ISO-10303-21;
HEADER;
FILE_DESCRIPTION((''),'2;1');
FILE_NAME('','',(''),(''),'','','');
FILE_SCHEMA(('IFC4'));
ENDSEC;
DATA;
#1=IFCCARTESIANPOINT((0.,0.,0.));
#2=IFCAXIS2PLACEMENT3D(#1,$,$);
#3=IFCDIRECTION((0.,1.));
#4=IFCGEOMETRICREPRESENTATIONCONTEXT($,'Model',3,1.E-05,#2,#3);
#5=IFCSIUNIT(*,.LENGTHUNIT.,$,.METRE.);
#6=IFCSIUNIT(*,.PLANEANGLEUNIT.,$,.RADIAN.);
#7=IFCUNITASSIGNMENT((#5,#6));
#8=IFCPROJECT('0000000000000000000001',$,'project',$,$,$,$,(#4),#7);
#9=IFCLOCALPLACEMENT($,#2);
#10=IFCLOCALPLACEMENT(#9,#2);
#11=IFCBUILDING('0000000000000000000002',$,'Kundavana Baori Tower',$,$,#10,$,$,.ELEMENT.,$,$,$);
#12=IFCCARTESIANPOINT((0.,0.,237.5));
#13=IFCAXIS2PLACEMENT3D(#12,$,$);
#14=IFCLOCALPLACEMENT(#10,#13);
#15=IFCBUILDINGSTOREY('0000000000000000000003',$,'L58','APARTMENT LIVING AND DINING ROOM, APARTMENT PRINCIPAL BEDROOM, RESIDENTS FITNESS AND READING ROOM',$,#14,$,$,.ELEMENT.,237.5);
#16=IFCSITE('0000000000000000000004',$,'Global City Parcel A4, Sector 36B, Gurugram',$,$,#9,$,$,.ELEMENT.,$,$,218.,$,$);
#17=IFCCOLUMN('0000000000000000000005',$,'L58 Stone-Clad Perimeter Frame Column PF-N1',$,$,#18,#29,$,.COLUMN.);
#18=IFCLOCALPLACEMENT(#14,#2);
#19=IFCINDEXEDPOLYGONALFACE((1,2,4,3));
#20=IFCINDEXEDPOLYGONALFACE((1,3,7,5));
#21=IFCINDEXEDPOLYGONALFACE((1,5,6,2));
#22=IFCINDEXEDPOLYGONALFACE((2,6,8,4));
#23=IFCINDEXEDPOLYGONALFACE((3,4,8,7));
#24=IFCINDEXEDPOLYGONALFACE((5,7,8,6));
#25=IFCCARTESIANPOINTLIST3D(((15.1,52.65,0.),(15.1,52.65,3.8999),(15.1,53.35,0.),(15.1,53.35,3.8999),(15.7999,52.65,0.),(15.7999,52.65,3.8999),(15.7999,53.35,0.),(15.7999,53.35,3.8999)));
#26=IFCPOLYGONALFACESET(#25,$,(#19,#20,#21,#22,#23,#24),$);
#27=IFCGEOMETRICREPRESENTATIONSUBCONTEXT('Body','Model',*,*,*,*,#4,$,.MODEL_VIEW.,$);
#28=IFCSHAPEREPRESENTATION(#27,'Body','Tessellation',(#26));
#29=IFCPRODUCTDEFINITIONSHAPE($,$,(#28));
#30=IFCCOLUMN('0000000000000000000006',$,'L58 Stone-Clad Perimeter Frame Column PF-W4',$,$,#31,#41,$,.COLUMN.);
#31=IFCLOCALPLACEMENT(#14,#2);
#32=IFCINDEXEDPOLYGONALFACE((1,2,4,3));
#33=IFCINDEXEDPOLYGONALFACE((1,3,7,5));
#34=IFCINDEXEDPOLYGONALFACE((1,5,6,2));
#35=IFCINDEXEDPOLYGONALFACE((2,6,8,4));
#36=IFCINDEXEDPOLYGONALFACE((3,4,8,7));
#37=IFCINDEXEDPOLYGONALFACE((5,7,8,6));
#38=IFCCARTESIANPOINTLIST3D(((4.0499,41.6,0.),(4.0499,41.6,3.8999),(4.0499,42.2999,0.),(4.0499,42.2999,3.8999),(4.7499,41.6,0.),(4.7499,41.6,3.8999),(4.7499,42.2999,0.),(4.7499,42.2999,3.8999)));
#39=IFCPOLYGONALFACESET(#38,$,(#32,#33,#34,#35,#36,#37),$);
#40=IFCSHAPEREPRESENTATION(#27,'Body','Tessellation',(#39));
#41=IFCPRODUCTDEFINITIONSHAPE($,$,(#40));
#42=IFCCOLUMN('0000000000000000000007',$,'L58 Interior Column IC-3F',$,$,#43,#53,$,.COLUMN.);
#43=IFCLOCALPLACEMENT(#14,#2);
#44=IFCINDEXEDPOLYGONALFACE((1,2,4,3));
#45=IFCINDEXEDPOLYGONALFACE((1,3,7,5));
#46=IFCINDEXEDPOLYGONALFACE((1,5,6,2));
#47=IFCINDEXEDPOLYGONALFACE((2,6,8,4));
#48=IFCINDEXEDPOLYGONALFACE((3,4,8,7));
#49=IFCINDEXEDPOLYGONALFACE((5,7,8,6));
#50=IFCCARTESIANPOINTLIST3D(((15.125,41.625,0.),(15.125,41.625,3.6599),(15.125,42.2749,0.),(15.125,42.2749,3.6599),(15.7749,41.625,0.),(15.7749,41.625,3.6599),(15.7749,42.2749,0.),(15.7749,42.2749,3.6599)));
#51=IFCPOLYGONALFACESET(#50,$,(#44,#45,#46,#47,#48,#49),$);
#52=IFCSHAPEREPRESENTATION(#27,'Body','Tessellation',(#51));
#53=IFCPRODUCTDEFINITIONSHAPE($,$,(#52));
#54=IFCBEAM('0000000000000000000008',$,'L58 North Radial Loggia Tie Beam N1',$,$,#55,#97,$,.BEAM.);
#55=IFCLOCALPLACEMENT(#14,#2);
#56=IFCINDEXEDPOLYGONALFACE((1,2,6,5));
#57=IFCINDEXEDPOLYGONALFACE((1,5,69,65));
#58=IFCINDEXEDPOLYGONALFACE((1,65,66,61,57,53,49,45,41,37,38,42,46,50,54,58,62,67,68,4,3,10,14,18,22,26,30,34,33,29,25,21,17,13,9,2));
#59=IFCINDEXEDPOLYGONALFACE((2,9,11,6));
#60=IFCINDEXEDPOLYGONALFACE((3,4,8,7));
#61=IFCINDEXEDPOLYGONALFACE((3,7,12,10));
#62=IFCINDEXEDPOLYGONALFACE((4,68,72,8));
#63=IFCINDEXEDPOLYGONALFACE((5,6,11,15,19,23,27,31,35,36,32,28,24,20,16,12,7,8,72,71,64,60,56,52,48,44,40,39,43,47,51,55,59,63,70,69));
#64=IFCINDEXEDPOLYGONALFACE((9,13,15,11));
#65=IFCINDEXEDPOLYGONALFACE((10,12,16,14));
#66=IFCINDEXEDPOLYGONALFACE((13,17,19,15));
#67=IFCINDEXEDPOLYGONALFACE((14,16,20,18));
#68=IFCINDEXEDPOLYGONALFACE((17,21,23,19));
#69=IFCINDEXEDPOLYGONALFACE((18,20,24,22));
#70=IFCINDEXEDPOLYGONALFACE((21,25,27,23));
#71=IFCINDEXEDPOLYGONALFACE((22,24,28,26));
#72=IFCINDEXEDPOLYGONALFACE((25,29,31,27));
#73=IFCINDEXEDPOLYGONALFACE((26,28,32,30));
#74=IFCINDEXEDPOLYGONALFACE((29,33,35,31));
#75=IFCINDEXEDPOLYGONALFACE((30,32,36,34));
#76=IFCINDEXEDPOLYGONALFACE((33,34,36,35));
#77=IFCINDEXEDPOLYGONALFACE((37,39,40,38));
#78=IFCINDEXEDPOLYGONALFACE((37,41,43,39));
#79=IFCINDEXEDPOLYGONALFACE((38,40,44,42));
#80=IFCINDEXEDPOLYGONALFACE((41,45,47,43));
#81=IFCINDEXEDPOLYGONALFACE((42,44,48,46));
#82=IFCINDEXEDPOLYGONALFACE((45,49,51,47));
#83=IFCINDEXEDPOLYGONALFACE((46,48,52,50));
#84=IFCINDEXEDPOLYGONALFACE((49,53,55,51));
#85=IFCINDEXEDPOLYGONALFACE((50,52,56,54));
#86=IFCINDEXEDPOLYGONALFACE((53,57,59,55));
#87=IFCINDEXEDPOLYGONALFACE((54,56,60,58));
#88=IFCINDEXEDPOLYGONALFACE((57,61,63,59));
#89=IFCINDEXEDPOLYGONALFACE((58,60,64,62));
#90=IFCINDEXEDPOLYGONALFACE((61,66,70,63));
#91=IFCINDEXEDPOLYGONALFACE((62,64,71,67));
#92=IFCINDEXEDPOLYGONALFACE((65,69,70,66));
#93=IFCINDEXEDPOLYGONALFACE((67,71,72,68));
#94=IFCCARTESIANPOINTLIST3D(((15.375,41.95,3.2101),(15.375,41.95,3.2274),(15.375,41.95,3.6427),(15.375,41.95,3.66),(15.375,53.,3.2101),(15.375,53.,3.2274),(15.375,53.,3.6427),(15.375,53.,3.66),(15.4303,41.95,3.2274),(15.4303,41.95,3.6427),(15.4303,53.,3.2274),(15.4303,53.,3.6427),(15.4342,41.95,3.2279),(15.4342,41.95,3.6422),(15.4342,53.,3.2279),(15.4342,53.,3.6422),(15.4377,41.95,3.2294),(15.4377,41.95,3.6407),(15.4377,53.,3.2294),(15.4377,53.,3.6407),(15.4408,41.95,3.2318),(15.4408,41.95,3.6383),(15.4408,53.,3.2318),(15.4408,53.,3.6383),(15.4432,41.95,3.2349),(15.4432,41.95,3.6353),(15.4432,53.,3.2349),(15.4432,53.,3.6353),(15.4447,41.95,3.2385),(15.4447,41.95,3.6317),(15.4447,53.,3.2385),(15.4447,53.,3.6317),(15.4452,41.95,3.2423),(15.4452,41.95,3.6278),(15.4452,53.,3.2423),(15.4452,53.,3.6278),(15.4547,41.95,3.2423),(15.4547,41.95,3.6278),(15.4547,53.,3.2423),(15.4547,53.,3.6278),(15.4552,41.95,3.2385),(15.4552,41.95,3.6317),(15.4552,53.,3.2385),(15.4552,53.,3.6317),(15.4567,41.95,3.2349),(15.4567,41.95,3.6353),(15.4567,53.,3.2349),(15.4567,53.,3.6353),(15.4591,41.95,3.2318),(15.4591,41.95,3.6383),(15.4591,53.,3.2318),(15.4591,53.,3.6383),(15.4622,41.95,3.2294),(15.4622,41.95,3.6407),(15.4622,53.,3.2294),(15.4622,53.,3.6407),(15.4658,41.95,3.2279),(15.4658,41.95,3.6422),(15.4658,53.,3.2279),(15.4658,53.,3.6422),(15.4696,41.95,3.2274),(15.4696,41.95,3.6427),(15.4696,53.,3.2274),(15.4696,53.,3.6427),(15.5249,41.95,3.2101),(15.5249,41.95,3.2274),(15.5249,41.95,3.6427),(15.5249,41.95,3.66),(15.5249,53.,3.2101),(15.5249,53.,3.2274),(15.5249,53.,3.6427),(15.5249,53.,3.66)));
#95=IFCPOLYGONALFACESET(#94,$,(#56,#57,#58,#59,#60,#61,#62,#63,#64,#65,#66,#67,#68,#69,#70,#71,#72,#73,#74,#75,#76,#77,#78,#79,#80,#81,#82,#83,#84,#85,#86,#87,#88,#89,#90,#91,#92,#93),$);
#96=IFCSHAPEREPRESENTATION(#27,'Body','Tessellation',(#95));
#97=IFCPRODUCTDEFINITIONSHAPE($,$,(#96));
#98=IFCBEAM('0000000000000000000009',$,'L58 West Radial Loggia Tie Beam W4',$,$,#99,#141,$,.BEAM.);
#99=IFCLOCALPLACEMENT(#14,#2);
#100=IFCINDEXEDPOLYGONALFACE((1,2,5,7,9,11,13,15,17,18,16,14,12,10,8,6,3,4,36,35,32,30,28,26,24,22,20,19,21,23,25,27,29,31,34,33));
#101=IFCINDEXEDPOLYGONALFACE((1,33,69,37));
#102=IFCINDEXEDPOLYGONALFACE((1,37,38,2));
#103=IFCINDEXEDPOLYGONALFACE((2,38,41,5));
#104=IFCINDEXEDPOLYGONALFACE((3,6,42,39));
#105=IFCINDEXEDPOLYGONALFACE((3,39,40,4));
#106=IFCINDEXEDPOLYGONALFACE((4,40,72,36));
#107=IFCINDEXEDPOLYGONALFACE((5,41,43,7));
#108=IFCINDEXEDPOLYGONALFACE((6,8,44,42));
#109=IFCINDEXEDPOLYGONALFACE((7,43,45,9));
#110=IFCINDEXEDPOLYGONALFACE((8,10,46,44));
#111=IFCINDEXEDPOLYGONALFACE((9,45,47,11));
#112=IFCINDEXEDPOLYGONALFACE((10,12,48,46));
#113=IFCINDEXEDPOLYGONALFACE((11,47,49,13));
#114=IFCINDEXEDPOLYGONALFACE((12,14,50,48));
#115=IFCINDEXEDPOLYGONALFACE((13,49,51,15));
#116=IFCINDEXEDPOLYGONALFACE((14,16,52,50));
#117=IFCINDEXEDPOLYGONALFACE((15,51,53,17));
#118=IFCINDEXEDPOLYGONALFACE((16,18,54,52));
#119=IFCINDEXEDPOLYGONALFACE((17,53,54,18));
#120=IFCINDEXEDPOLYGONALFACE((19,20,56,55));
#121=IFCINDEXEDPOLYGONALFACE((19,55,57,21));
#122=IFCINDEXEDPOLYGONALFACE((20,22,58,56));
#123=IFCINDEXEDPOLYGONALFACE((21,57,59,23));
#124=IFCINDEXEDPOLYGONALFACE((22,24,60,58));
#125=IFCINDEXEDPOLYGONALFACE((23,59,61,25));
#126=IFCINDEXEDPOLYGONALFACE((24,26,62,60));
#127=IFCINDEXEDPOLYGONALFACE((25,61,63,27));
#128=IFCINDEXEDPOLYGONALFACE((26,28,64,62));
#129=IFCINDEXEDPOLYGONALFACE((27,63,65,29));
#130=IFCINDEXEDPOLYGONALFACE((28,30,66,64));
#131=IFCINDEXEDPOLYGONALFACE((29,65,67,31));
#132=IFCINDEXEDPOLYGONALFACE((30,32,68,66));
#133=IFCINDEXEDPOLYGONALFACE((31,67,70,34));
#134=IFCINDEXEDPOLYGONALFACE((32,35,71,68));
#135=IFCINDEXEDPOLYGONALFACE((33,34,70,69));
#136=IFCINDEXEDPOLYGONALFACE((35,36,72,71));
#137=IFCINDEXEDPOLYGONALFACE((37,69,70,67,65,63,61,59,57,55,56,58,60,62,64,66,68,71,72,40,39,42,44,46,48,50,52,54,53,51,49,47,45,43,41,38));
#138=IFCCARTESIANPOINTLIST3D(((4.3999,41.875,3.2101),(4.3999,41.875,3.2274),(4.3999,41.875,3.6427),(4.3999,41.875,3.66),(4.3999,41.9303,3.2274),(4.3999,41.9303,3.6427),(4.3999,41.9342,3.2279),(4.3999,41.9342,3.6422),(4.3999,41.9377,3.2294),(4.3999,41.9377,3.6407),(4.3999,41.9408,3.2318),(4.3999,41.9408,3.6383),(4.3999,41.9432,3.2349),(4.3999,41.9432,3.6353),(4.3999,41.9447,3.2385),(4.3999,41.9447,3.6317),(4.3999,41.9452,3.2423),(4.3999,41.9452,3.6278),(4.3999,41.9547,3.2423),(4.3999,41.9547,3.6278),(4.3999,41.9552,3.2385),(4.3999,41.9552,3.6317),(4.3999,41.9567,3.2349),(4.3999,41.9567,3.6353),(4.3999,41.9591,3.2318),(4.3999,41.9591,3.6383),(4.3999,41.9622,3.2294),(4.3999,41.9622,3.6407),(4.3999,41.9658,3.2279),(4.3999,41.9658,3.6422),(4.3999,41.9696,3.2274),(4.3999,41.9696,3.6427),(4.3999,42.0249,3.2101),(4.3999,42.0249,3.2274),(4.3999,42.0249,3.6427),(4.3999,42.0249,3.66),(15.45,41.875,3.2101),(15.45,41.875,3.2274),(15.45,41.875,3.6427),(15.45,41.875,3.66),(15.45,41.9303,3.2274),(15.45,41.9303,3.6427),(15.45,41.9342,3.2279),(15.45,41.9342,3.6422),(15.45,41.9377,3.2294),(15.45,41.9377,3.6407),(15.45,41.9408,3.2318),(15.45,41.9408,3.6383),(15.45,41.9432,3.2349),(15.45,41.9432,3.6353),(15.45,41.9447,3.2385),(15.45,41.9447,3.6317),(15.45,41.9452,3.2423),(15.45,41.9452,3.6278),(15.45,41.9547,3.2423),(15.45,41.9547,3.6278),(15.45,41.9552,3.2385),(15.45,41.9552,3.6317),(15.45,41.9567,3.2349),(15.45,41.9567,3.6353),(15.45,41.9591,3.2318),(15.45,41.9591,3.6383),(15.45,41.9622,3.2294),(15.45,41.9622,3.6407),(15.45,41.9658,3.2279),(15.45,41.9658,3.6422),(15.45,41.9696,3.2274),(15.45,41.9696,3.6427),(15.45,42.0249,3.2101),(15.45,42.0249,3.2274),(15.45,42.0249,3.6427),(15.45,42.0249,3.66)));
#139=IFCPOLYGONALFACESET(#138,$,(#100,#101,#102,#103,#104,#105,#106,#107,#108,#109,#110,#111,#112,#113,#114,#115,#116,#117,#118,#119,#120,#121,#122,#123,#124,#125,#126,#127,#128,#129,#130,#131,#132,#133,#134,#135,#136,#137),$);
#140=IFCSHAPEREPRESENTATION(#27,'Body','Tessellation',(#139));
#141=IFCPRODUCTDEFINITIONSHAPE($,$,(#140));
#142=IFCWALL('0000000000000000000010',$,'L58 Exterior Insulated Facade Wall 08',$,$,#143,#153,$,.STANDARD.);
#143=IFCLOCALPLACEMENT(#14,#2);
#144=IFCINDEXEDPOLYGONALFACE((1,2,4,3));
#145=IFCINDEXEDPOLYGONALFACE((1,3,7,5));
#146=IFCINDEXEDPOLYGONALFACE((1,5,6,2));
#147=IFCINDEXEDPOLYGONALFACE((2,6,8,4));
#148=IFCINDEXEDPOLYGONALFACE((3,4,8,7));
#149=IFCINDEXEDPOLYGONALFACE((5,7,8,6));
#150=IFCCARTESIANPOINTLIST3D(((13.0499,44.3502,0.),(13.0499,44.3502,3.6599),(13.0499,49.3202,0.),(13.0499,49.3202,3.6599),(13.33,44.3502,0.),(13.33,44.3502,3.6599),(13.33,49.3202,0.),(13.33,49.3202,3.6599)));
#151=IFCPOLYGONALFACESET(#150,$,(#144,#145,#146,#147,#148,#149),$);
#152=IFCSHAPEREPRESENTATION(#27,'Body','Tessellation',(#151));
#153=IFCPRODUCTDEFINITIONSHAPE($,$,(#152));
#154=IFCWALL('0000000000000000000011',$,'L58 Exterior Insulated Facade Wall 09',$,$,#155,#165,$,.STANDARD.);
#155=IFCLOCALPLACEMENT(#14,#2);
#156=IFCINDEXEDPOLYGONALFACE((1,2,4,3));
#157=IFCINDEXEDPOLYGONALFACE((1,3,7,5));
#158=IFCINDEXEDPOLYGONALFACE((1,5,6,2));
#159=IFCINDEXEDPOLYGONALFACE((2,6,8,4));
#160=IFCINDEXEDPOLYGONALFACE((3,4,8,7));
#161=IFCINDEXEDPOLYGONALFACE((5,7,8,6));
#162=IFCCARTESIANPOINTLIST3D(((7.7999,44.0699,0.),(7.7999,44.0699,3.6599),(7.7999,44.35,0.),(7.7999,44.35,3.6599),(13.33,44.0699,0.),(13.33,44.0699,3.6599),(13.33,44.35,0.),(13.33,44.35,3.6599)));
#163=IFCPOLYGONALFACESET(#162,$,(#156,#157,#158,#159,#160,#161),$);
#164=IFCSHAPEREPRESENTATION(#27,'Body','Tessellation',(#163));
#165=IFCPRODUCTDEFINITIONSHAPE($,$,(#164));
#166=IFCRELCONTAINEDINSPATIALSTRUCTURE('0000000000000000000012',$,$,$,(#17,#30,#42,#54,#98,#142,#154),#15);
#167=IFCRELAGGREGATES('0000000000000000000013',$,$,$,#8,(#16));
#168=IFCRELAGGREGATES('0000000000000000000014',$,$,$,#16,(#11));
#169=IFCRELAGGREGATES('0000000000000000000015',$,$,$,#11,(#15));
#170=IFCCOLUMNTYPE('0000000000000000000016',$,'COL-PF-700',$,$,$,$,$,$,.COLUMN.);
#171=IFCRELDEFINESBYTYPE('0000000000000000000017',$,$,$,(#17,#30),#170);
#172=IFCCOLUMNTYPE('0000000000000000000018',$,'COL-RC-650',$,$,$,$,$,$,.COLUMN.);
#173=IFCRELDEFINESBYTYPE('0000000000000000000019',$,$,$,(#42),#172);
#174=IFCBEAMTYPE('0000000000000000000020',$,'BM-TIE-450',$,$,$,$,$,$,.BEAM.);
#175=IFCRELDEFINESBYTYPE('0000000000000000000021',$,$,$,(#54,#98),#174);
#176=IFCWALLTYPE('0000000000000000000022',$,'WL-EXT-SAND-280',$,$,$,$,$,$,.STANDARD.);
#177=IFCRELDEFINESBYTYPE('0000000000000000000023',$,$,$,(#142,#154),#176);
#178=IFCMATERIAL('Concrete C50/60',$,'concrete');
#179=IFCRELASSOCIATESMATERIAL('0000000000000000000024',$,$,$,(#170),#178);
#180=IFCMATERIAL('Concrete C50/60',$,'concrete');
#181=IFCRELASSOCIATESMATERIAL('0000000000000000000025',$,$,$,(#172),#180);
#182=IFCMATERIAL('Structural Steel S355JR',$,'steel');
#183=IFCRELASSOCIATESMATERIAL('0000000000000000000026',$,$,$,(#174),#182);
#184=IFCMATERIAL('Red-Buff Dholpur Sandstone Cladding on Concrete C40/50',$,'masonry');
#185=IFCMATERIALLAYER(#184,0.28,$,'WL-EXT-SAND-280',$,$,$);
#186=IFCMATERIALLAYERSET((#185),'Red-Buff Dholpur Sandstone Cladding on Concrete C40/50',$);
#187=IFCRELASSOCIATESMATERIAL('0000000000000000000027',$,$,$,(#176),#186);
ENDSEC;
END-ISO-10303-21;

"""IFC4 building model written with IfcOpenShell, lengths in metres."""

from ifc_helpers import new_model, si_unit, direction, frame, frame_2d, origin, origin_2d, place, context, subcontext, project, spatial, rectangle, i_section, extrude, material, layer, layer_set, material_profile, profile_set, type_object, element, save


model = new_model("IFC4")

# Units and contexts
model_context = context("Model", 3, precision=1e-05, world=origin(), true_north=direction((0.0, 1.0)))
body_context = subcontext(model_context, "Body", "Model", "MODEL_VIEW")
ifc_project = project(units=[si_unit("LENGTHUNIT", "METRE"), si_unit("PLANEANGLEUNIT", "RADIAN")], contexts=[model_context])

# Site, building, storey
site_placement = place(None, origin())
site = spatial("IfcSite", under=ifc_project, at=site_placement, Name="Global City Parcel A4, Sector 36B, Gurugram", CompositionType="ELEMENT", RefElevation=218.0)
building_placement = place(site_placement, origin())
building = spatial("IfcBuilding", under=site, at=building_placement, Name="Kundavana Baori Tower", CompositionType="ELEMENT")
storey_placement = place(building_placement, frame((0.0, 0.0, 237.5)))
storey = spatial("IfcBuildingStorey", under=building, at=storey_placement, Name="L58", Description="APARTMENT LIVING AND DINING ROOM, APARTMENT PRINCIPAL BEDROOM, RESIDENTS FITNESS AND READING ROOM", CompositionType="ELEMENT", Elevation=237.5)

# Columns
ifc_material_1 = material(Name="Concrete C50/60", Category="concrete")
ifc_material_profile_1 = material_profile(ifc_material_1, rectangle(XDim=0.7, YDim=0.7, at=origin_2d()), Name="RC PF 700x700")
ifc_profile_set_1 = profile_set([ifc_material_profile_1], Name="Concrete C50/60")
column_type_1 = type_object("IfcColumnType", Name="COL-PF-700", PredefinedType="COLUMN", material=ifc_profile_set_1)
for number, where, z_axis, x_axis, name in (
    (1, (15.45, 53.0, 0.0), (0.0, 0.0, 1.0), (1.0, 0.0, 0.0), "L58 Stone-Clad Perimeter Frame Column PF-N1"),
    (2, (4.3999, 41.95, 0.0), (0.0, 0.0, 1.0), (1.0, 0.0, 0.0), "L58 Stone-Clad Perimeter Frame Column PF-W4"),
):
    element("IfcColumn", number, at=place(storey_placement, frame(where, z_axis=z_axis, x_axis=x_axis)), inside=storey, type_object=column_type_1, Name=name, PredefinedType="COLUMN", context=body_context, shape_type="SweptSolid", body=[
        extrude(rectangle(XDim=0.7, YDim=0.7, at=origin_2d()), origin(), (0.0, 0.0, 1.0), 3.8999),
    ])
ifc_material_2 = material(Name="Concrete C50/60", Category="concrete")
ifc_material_profile_2 = material_profile(ifc_material_2, rectangle(XDim=0.6499, YDim=0.6499, at=origin_2d()), Name="RC 650x650")
ifc_profile_set_2 = profile_set([ifc_material_profile_2], Name="Concrete C50/60")
column_type_2 = type_object("IfcColumnType", Name="COL-RC-650", PredefinedType="COLUMN", material=ifc_profile_set_2)
column_placement = place(storey_placement, frame((15.45, 41.95, 0.0), z_axis=(0.0, 0.0, 1.0), x_axis=(1.0, 0.0, 0.0)))
element("IfcColumn", 3, at=column_placement, inside=storey, type_object=column_type_2, Name="L58 Interior Column IC-3F", PredefinedType="COLUMN", context=body_context, shape_type="SweptSolid", body=[
    extrude(rectangle(XDim=0.6499, YDim=0.6499, at=origin_2d()), origin(), (0.0, 0.0, 1.0), 3.6599),
])

# Beams
ifc_material_3 = material(Name="Structural Steel S355JR", Category="steel")
ifc_material_profile_3 = material_profile(ifc_material_3, i_section(OverallWidth=0.1499, OverallDepth=0.45, WebThickness=0.0095, FlangeThickness=0.0173, FilletRadius=0.0149, at=origin_2d()), Name="ISMB 450")
ifc_profile_set_3 = profile_set([ifc_material_profile_3], Name="Structural Steel S355JR")
beam_type = type_object("IfcBeamType", Name="BM-TIE-450", PredefinedType="BEAM", material=ifc_profile_set_3)
for number, where, z_axis, x_axis, name in (
    (4, (15.45, 41.95, 3.4351), (0.0, 1.0, 0.0), (-1.0, 0.0, 0.0), "L58 North Radial Loggia Tie Beam N1"),
    (5, (15.45, 41.95, 3.4351), (-1.0, 0.0, 0.0), (0.0, -1.0, 0.0), "L58 West Radial Loggia Tie Beam W4"),
):
    element("IfcBeam", number, at=place(storey_placement, frame(where, z_axis=z_axis, x_axis=x_axis)), inside=storey, type_object=beam_type, Name=name, PredefinedType="BEAM", context=body_context, shape_type="SweptSolid", body=[
        extrude(i_section(OverallWidth=0.1499, OverallDepth=0.45, WebThickness=0.0095, FlangeThickness=0.0173, FilletRadius=0.0149, at=origin_2d()), origin(), (0.0, 0.0, 1.0), 11.05),
    ])

# Walls
ifc_material_4 = material(Name="Red-Buff Dholpur Sandstone Cladding on Concrete C40/50", Category="masonry")
ifc_layer_1 = layer(ifc_material_4, 0.28, Name="WL-EXT-SAND-280")
ifc_layer_set_1 = layer_set([ifc_layer_1], Name="Red-Buff Dholpur Sandstone Cladding on Concrete C40/50")
wall_type_1 = type_object("IfcWallType", Name="WL-EXT-SAND-280", PredefinedType="STANDARD", material=ifc_layer_set_1)
wall_1_placement = place(storey_placement, frame((13.1899, 49.3201, 0.0), z_axis=(0.0, 0.0, 1.0), x_axis=(0.0, -1.0, 0.0)))
element("IfcWall", 6, at=wall_1_placement, inside=storey, type_object=wall_type_1, Name="L58 Exterior Insulated Facade Wall 08", PredefinedType="STANDARD", context=body_context, shape_type="SweptSolid", body=[
    extrude(rectangle(XDim=4.97, YDim=0.28, at=frame_2d((2.4849, 0.0))), origin(), (0.0, 0.0, 1.0), 3.6599),
])
wall_2_placement = place(storey_placement, frame((13.3301, 44.21, 0.0), z_axis=(0.0, 0.0, 1.0), x_axis=(-1.0, 0.0, 0.0)))
element("IfcWall", 7, at=wall_2_placement, inside=storey, type_object=wall_type_1, Name="L58 Exterior Insulated Facade Wall 09", PredefinedType="STANDARD", context=body_context, shape_type="SweptSolid", body=[
    extrude(rectangle(XDim=5.53, YDim=0.28, at=frame_2d((2.7651, 0.0))), origin(), (0.0, 0.0, 1.0), 3.6599),
])

save(model, "model.ifc")
